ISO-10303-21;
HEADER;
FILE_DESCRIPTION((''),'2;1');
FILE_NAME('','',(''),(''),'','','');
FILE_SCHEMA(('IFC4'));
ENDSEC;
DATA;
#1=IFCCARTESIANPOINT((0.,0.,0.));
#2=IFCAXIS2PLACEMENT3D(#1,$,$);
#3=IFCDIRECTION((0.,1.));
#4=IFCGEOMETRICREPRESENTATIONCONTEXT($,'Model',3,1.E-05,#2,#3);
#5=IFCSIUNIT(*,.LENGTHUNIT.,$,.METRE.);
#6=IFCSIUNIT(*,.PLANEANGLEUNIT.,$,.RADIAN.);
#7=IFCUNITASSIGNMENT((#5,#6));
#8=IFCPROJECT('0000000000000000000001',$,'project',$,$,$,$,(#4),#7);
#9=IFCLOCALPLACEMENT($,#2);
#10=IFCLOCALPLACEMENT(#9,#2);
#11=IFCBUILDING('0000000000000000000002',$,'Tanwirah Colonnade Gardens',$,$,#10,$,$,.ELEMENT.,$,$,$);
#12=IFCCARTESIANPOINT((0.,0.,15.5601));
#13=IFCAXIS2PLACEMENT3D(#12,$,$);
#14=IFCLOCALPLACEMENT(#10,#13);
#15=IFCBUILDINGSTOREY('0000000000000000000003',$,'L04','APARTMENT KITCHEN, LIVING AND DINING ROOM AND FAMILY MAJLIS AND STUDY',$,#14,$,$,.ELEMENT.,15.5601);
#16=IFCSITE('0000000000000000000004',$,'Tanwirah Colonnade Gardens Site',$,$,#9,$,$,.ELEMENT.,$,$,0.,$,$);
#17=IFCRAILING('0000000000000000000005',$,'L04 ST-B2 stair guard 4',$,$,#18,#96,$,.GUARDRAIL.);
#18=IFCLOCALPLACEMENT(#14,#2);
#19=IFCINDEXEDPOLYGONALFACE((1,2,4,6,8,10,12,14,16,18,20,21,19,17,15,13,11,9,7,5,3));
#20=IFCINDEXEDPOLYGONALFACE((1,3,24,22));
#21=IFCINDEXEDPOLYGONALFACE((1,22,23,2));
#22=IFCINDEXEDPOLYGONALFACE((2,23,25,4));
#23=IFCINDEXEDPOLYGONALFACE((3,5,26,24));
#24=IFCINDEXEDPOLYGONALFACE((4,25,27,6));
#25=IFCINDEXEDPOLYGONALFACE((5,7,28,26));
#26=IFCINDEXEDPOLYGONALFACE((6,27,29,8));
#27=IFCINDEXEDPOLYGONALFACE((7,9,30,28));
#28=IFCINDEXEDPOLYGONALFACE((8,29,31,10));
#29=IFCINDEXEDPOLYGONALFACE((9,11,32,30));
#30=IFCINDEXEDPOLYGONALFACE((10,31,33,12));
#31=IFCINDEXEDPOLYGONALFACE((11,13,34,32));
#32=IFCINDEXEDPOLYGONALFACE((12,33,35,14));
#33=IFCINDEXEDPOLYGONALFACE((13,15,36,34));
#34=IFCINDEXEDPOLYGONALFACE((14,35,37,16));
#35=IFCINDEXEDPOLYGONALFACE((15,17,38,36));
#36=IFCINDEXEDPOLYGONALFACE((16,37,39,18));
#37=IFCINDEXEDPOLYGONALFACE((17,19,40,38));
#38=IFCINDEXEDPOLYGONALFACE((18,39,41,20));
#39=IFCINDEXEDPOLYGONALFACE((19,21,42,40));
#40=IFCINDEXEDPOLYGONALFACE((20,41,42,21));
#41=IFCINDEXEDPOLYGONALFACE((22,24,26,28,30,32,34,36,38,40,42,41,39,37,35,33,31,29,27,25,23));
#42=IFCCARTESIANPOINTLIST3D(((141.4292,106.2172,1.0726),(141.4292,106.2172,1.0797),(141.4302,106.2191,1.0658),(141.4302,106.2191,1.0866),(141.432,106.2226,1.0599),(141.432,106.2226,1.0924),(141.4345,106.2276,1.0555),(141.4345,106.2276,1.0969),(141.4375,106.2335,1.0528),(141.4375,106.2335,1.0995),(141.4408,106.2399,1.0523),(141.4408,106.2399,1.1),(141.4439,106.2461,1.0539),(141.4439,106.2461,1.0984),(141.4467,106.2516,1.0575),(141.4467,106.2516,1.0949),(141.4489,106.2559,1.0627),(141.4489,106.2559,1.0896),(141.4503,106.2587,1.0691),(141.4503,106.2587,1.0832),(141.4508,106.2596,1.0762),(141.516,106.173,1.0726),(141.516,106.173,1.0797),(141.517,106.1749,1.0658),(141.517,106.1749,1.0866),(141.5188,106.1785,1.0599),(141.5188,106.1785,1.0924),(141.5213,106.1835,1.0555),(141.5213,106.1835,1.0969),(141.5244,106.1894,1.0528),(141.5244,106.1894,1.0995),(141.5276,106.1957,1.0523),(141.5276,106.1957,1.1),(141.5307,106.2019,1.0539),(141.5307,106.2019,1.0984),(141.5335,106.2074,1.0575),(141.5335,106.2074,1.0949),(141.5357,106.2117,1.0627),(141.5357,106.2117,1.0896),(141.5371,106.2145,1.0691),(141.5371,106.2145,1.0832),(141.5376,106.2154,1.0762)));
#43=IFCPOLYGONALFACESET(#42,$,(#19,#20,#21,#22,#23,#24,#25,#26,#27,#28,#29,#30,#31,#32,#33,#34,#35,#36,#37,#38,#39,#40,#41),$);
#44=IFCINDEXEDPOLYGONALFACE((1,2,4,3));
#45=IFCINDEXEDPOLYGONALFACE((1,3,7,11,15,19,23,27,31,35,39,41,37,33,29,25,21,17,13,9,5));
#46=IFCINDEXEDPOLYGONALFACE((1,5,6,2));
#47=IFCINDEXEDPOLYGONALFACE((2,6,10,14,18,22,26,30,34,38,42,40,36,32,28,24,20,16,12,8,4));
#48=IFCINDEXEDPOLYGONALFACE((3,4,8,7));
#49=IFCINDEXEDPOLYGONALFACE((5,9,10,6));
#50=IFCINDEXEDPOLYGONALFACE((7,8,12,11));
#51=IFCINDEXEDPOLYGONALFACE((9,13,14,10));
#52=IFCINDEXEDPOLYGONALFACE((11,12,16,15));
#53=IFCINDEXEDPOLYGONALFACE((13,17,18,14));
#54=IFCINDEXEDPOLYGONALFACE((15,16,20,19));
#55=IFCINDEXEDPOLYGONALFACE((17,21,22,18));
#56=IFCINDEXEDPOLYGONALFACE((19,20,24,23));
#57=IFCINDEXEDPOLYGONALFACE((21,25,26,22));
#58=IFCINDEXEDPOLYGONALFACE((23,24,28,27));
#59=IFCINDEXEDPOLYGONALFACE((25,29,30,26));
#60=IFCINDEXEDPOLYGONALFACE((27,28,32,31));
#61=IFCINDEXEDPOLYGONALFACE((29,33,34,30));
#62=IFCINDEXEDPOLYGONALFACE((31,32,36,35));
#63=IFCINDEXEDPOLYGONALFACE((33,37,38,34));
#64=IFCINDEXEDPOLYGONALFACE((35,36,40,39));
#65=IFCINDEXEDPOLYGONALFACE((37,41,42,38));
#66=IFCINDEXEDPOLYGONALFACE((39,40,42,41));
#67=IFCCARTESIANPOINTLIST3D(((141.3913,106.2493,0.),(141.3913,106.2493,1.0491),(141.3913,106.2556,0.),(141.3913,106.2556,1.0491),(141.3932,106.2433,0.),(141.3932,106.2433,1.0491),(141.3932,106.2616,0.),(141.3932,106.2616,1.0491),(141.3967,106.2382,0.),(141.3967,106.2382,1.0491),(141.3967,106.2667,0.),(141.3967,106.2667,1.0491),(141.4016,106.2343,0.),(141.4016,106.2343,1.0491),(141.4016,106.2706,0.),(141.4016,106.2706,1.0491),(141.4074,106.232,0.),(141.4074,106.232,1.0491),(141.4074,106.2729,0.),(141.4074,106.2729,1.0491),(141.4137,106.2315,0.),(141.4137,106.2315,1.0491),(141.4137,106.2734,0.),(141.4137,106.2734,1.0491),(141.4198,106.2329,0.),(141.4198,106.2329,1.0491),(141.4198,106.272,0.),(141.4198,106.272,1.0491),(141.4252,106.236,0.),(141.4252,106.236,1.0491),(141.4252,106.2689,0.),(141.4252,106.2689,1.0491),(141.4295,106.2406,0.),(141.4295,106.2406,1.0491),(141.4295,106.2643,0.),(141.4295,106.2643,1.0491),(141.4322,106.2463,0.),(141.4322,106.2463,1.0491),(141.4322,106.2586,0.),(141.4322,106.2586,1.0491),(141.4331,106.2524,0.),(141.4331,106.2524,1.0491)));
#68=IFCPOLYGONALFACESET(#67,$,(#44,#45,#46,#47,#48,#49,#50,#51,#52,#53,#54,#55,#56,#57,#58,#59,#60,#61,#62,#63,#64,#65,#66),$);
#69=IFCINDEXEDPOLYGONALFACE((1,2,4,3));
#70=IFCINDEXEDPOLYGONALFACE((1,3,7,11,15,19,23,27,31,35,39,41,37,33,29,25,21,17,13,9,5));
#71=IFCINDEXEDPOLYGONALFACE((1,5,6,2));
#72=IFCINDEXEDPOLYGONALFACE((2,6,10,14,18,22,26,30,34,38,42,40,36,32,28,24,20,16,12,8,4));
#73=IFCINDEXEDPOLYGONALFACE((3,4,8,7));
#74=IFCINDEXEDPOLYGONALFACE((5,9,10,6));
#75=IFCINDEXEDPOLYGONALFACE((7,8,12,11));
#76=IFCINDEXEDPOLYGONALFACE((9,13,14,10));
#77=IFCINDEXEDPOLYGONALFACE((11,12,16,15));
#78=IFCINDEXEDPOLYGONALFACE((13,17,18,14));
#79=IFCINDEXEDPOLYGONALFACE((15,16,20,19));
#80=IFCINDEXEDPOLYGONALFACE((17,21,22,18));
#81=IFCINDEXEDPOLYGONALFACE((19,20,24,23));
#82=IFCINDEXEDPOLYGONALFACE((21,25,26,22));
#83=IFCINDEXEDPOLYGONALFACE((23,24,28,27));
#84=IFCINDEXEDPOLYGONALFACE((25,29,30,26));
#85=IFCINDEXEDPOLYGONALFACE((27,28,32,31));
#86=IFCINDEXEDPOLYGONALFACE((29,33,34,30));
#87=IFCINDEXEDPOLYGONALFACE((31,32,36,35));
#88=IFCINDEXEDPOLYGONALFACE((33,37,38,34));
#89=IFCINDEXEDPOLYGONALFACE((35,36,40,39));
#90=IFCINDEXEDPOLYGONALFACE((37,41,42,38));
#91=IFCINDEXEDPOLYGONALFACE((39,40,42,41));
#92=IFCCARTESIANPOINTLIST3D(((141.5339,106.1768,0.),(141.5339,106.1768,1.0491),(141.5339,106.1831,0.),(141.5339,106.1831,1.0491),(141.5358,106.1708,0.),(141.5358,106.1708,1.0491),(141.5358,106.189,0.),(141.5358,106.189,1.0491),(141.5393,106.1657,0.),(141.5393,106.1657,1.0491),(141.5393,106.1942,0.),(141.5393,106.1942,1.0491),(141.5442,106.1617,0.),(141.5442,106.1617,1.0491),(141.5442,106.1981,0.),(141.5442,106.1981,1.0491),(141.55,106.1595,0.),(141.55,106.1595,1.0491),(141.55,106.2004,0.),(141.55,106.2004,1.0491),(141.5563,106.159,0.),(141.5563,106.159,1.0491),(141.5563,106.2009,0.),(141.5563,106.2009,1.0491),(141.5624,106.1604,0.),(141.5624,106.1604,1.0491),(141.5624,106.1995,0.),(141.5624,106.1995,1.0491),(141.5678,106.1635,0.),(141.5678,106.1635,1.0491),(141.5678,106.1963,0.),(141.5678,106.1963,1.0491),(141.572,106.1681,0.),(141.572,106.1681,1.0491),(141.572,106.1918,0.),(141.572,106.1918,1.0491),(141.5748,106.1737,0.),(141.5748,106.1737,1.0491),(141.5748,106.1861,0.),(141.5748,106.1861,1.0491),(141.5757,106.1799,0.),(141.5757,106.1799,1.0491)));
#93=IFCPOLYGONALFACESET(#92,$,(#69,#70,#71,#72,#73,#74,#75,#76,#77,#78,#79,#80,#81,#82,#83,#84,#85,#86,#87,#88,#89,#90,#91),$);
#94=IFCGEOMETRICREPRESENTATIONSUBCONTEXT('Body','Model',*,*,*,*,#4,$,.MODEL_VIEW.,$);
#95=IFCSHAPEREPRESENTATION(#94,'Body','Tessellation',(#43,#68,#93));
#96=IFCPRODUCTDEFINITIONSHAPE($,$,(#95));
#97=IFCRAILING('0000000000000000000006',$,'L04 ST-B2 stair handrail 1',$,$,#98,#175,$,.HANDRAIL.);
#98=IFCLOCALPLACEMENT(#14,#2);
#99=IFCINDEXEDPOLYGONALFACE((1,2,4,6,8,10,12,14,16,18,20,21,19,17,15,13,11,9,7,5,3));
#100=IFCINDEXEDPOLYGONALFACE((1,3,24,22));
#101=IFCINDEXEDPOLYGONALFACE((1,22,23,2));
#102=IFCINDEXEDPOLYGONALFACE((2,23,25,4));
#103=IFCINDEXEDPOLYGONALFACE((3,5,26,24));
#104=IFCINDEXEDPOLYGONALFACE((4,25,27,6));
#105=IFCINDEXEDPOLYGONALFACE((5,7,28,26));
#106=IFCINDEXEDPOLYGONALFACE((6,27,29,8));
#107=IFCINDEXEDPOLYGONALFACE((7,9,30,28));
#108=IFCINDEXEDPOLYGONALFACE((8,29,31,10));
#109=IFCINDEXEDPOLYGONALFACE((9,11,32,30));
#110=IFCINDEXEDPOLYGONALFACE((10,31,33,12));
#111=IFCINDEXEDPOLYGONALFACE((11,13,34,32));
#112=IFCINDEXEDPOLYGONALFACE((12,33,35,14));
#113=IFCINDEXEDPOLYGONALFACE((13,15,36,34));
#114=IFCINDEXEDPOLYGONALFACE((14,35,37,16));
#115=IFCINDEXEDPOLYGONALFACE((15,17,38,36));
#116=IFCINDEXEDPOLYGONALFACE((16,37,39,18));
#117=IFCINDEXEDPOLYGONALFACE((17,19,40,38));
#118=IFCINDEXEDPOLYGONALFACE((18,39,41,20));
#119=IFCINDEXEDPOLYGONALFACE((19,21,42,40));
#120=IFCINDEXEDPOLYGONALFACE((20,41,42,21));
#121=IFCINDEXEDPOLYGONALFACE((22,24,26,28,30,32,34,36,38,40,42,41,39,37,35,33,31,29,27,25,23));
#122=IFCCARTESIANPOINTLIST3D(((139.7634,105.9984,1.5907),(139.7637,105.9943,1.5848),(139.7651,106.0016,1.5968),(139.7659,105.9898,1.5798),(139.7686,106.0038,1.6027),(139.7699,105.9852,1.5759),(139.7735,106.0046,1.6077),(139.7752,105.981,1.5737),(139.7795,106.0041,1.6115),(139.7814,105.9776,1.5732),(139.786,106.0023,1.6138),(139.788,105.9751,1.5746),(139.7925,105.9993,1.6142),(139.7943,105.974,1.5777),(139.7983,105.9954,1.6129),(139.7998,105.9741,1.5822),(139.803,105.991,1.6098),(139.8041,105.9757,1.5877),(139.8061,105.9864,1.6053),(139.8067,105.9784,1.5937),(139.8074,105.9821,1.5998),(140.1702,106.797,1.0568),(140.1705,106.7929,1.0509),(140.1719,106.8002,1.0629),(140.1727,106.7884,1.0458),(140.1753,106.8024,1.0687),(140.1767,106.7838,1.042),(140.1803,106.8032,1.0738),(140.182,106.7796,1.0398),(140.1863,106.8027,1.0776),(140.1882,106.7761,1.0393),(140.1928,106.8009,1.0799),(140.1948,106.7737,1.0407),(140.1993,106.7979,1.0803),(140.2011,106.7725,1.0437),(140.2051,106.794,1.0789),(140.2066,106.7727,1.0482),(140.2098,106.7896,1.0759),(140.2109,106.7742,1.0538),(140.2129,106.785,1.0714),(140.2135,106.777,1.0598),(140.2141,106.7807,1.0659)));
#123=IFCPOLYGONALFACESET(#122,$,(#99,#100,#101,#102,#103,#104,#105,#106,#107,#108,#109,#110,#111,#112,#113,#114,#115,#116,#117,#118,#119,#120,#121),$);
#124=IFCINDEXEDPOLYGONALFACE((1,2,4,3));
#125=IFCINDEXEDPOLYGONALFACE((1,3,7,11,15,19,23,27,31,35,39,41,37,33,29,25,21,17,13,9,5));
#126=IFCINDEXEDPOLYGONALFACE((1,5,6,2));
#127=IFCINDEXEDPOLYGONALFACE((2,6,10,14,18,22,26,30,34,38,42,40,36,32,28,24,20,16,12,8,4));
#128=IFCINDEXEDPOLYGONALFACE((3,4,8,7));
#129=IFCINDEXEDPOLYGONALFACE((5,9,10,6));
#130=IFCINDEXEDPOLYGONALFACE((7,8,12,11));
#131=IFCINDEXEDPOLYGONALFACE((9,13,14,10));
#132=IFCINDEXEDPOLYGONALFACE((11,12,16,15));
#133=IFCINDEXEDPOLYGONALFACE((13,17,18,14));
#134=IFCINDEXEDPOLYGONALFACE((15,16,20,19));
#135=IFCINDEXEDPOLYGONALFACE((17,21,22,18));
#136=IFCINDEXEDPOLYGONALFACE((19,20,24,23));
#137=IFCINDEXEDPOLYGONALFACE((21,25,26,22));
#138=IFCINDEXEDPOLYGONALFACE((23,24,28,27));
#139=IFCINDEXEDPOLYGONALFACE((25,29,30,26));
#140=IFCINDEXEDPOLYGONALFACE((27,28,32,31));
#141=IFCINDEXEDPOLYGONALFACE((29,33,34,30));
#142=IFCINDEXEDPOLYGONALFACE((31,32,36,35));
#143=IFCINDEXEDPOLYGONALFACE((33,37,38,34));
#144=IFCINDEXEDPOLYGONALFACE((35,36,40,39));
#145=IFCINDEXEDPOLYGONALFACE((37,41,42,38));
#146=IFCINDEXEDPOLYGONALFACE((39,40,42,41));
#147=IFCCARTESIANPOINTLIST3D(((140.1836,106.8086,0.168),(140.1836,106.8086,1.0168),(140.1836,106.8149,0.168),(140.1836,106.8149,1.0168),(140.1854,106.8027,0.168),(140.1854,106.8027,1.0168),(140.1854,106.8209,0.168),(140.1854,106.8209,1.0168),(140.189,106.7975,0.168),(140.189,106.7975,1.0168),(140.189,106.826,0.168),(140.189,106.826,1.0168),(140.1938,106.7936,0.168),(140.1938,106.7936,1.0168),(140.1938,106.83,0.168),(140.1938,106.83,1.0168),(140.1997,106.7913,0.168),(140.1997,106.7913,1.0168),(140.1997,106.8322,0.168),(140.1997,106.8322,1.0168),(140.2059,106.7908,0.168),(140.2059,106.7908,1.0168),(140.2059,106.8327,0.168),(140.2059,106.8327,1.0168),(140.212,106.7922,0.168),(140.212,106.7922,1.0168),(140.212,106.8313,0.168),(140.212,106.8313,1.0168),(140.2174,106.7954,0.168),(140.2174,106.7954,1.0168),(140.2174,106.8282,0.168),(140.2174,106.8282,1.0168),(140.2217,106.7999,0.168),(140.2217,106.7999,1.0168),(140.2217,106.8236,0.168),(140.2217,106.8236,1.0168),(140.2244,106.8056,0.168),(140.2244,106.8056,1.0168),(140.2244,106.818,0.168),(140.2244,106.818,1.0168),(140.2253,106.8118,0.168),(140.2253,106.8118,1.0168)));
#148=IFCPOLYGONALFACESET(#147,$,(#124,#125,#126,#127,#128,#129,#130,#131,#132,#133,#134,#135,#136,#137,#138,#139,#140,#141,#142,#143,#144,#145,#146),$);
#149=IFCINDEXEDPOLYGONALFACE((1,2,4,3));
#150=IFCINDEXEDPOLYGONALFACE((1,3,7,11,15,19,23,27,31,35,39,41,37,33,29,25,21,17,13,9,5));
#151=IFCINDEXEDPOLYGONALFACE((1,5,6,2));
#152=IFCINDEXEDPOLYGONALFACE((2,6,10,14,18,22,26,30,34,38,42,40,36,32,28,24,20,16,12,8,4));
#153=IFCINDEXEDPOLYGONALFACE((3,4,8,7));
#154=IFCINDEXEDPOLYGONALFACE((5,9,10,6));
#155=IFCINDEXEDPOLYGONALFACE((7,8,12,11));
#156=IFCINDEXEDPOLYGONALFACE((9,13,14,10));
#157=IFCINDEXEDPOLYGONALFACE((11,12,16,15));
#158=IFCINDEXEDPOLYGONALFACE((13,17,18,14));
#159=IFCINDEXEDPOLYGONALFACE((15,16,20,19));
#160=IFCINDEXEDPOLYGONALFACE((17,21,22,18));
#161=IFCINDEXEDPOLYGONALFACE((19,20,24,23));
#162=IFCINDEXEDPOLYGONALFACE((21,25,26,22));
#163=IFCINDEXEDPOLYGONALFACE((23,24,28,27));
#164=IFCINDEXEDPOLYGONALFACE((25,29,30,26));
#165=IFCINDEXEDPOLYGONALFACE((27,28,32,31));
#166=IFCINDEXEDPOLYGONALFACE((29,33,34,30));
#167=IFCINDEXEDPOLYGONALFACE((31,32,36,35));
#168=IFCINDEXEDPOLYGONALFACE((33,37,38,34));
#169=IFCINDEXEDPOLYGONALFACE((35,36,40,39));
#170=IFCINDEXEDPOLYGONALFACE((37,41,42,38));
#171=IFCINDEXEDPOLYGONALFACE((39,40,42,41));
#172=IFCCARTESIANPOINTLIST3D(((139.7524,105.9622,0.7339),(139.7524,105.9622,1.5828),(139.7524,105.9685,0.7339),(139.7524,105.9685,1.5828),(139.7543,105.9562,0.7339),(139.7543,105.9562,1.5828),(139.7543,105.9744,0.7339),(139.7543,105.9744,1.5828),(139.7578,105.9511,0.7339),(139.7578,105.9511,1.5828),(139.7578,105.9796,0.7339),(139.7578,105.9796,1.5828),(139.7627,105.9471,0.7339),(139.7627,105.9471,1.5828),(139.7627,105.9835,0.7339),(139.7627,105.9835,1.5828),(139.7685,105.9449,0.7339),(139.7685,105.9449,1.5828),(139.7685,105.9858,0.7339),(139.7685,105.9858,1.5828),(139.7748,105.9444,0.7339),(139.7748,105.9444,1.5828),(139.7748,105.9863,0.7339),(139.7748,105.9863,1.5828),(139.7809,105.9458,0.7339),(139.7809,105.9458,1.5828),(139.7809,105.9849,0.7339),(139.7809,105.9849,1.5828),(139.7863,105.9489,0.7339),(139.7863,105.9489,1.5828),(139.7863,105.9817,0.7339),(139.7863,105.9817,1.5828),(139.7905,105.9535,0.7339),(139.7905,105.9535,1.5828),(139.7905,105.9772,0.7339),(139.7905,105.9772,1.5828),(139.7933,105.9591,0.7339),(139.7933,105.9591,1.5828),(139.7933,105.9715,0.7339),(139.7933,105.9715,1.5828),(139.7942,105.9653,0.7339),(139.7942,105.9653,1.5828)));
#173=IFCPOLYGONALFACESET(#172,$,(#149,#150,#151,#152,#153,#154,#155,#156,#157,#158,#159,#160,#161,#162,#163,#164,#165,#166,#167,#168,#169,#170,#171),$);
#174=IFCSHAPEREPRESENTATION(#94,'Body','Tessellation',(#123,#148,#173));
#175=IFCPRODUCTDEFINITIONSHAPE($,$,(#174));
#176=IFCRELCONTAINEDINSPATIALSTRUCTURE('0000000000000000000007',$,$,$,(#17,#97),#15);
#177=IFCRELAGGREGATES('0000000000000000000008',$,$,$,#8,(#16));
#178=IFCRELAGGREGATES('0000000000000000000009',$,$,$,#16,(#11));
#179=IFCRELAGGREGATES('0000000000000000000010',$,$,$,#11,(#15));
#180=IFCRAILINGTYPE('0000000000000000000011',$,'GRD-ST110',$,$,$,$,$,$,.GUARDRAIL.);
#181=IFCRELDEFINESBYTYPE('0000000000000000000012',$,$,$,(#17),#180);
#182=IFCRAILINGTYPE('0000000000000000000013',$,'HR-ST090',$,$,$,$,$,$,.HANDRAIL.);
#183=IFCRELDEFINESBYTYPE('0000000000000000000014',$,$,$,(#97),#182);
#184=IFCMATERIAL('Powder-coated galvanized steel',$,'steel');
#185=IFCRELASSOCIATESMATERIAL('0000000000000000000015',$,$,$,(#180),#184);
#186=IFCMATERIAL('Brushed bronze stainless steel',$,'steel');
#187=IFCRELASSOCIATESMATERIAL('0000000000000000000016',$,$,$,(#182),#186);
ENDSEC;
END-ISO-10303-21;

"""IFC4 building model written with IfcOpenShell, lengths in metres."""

from ifc_helpers import new_model, si_unit, direction, frame, origin, origin_2d, place, context, subcontext, project, spatial, circle, extrude, material, type_object, element, save


model = new_model("IFC4")

# Units and contexts
model_context = context("Model", 3, precision=1e-05, world=origin(), true_north=direction((0.0, 1.0)))
body_context = subcontext(model_context, "Body", "Model", "MODEL_VIEW")
ifc_project = project(units=[si_unit("LENGTHUNIT", "METRE"), si_unit("PLANEANGLEUNIT", "RADIAN")], contexts=[model_context])

# Site, building, storey
site_placement = place(None, origin())
site = spatial("IfcSite", under=ifc_project, at=site_placement, Name="Tanwirah Colonnade Gardens Site", CompositionType="ELEMENT", RefElevation=0.0)
building_placement = place(site_placement, origin())
building = spatial("IfcBuilding", under=site, at=building_placement, Name="Tanwirah Colonnade Gardens", CompositionType="ELEMENT")
storey_placement = place(building_placement, frame((0.0, 0.0, 15.5601)))
storey = spatial("IfcBuildingStorey", under=building, at=storey_placement, Name="L04", Description="APARTMENT KITCHEN, LIVING AND DINING ROOM AND FAMILY MAJLIS AND STUDY", CompositionType="ELEMENT", Elevation=15.5601)

# Railings
ifc_material_1 = material(Name="Powder-coated galvanized steel", Category="steel")
railing_type_1 = type_object("IfcRailingType", Name="GRD-ST110", PredefinedType="GUARDRAIL", material=ifc_material_1)
railing_1_placement = place(storey_placement, frame((141.4121, 106.2524, 0.0)))
element("IfcRailing", 1, at=railing_1_placement, inside=storey, type_object=railing_type_1, Name="L04 ST-B2 stair guard 4", PredefinedType="GUARDRAIL", context=body_context, shape_type="SweptSolid", body=[
    extrude(circle(Radius=0.0239, at=origin_2d()), frame((0.0278, -0.0142, 1.0762), z_axis=(0.891354, -0.453308, 0.0), x_axis=(0.453308, 0.891354, 0.0)), (0.0, 0.0, 1.0), 0.0974),
    extrude(circle(Radius=0.021, at=origin_2d()), origin(), (0.0, 0.0, 1.0), 1.0491),
    extrude(circle(Radius=0.021, at=origin_2d()), frame((0.1426, -0.0725, 0.0)), (0.0, 0.0, 1.0), 1.0491),
])
ifc_material_2 = material(Name="Brushed bronze stainless steel", Category="steel")
railing_type_2 = type_object("IfcRailingType", Name="HR-ST090", PredefinedType="HANDRAIL", material=ifc_material_2)
railing_2_placement = place(storey_placement, frame((140.2043, 106.8118, 0.168)))
element("IfcRailing", 2, at=railing_2_placement, inside=storey, type_object=railing_type_2, Name="L04 ST-B2 stair handrail 1", PredefinedType="HANDRAIL", context=body_context, shape_type="SweptSolid", body=[
    extrude(circle(Radius=0.0239, at=origin_2d()), frame((-0.0122, -0.0239, 0.8918), z_axis=(-0.38993, -0.765509, 0.511811), x_axis=(0.891061, -0.453883, 0.0)), (0.0, 0.0, 1.0), 1.0432),
    extrude(circle(Radius=0.021, at=origin_2d()), origin(), (0.0, 0.0, 1.0), 0.8489),
    extrude(circle(Radius=0.021, at=origin_2d()), frame((-0.4312, -0.8464, 0.5659)), (0.0, 0.0, 1.0), 0.8489),
])

save(model, "model.ifc")
